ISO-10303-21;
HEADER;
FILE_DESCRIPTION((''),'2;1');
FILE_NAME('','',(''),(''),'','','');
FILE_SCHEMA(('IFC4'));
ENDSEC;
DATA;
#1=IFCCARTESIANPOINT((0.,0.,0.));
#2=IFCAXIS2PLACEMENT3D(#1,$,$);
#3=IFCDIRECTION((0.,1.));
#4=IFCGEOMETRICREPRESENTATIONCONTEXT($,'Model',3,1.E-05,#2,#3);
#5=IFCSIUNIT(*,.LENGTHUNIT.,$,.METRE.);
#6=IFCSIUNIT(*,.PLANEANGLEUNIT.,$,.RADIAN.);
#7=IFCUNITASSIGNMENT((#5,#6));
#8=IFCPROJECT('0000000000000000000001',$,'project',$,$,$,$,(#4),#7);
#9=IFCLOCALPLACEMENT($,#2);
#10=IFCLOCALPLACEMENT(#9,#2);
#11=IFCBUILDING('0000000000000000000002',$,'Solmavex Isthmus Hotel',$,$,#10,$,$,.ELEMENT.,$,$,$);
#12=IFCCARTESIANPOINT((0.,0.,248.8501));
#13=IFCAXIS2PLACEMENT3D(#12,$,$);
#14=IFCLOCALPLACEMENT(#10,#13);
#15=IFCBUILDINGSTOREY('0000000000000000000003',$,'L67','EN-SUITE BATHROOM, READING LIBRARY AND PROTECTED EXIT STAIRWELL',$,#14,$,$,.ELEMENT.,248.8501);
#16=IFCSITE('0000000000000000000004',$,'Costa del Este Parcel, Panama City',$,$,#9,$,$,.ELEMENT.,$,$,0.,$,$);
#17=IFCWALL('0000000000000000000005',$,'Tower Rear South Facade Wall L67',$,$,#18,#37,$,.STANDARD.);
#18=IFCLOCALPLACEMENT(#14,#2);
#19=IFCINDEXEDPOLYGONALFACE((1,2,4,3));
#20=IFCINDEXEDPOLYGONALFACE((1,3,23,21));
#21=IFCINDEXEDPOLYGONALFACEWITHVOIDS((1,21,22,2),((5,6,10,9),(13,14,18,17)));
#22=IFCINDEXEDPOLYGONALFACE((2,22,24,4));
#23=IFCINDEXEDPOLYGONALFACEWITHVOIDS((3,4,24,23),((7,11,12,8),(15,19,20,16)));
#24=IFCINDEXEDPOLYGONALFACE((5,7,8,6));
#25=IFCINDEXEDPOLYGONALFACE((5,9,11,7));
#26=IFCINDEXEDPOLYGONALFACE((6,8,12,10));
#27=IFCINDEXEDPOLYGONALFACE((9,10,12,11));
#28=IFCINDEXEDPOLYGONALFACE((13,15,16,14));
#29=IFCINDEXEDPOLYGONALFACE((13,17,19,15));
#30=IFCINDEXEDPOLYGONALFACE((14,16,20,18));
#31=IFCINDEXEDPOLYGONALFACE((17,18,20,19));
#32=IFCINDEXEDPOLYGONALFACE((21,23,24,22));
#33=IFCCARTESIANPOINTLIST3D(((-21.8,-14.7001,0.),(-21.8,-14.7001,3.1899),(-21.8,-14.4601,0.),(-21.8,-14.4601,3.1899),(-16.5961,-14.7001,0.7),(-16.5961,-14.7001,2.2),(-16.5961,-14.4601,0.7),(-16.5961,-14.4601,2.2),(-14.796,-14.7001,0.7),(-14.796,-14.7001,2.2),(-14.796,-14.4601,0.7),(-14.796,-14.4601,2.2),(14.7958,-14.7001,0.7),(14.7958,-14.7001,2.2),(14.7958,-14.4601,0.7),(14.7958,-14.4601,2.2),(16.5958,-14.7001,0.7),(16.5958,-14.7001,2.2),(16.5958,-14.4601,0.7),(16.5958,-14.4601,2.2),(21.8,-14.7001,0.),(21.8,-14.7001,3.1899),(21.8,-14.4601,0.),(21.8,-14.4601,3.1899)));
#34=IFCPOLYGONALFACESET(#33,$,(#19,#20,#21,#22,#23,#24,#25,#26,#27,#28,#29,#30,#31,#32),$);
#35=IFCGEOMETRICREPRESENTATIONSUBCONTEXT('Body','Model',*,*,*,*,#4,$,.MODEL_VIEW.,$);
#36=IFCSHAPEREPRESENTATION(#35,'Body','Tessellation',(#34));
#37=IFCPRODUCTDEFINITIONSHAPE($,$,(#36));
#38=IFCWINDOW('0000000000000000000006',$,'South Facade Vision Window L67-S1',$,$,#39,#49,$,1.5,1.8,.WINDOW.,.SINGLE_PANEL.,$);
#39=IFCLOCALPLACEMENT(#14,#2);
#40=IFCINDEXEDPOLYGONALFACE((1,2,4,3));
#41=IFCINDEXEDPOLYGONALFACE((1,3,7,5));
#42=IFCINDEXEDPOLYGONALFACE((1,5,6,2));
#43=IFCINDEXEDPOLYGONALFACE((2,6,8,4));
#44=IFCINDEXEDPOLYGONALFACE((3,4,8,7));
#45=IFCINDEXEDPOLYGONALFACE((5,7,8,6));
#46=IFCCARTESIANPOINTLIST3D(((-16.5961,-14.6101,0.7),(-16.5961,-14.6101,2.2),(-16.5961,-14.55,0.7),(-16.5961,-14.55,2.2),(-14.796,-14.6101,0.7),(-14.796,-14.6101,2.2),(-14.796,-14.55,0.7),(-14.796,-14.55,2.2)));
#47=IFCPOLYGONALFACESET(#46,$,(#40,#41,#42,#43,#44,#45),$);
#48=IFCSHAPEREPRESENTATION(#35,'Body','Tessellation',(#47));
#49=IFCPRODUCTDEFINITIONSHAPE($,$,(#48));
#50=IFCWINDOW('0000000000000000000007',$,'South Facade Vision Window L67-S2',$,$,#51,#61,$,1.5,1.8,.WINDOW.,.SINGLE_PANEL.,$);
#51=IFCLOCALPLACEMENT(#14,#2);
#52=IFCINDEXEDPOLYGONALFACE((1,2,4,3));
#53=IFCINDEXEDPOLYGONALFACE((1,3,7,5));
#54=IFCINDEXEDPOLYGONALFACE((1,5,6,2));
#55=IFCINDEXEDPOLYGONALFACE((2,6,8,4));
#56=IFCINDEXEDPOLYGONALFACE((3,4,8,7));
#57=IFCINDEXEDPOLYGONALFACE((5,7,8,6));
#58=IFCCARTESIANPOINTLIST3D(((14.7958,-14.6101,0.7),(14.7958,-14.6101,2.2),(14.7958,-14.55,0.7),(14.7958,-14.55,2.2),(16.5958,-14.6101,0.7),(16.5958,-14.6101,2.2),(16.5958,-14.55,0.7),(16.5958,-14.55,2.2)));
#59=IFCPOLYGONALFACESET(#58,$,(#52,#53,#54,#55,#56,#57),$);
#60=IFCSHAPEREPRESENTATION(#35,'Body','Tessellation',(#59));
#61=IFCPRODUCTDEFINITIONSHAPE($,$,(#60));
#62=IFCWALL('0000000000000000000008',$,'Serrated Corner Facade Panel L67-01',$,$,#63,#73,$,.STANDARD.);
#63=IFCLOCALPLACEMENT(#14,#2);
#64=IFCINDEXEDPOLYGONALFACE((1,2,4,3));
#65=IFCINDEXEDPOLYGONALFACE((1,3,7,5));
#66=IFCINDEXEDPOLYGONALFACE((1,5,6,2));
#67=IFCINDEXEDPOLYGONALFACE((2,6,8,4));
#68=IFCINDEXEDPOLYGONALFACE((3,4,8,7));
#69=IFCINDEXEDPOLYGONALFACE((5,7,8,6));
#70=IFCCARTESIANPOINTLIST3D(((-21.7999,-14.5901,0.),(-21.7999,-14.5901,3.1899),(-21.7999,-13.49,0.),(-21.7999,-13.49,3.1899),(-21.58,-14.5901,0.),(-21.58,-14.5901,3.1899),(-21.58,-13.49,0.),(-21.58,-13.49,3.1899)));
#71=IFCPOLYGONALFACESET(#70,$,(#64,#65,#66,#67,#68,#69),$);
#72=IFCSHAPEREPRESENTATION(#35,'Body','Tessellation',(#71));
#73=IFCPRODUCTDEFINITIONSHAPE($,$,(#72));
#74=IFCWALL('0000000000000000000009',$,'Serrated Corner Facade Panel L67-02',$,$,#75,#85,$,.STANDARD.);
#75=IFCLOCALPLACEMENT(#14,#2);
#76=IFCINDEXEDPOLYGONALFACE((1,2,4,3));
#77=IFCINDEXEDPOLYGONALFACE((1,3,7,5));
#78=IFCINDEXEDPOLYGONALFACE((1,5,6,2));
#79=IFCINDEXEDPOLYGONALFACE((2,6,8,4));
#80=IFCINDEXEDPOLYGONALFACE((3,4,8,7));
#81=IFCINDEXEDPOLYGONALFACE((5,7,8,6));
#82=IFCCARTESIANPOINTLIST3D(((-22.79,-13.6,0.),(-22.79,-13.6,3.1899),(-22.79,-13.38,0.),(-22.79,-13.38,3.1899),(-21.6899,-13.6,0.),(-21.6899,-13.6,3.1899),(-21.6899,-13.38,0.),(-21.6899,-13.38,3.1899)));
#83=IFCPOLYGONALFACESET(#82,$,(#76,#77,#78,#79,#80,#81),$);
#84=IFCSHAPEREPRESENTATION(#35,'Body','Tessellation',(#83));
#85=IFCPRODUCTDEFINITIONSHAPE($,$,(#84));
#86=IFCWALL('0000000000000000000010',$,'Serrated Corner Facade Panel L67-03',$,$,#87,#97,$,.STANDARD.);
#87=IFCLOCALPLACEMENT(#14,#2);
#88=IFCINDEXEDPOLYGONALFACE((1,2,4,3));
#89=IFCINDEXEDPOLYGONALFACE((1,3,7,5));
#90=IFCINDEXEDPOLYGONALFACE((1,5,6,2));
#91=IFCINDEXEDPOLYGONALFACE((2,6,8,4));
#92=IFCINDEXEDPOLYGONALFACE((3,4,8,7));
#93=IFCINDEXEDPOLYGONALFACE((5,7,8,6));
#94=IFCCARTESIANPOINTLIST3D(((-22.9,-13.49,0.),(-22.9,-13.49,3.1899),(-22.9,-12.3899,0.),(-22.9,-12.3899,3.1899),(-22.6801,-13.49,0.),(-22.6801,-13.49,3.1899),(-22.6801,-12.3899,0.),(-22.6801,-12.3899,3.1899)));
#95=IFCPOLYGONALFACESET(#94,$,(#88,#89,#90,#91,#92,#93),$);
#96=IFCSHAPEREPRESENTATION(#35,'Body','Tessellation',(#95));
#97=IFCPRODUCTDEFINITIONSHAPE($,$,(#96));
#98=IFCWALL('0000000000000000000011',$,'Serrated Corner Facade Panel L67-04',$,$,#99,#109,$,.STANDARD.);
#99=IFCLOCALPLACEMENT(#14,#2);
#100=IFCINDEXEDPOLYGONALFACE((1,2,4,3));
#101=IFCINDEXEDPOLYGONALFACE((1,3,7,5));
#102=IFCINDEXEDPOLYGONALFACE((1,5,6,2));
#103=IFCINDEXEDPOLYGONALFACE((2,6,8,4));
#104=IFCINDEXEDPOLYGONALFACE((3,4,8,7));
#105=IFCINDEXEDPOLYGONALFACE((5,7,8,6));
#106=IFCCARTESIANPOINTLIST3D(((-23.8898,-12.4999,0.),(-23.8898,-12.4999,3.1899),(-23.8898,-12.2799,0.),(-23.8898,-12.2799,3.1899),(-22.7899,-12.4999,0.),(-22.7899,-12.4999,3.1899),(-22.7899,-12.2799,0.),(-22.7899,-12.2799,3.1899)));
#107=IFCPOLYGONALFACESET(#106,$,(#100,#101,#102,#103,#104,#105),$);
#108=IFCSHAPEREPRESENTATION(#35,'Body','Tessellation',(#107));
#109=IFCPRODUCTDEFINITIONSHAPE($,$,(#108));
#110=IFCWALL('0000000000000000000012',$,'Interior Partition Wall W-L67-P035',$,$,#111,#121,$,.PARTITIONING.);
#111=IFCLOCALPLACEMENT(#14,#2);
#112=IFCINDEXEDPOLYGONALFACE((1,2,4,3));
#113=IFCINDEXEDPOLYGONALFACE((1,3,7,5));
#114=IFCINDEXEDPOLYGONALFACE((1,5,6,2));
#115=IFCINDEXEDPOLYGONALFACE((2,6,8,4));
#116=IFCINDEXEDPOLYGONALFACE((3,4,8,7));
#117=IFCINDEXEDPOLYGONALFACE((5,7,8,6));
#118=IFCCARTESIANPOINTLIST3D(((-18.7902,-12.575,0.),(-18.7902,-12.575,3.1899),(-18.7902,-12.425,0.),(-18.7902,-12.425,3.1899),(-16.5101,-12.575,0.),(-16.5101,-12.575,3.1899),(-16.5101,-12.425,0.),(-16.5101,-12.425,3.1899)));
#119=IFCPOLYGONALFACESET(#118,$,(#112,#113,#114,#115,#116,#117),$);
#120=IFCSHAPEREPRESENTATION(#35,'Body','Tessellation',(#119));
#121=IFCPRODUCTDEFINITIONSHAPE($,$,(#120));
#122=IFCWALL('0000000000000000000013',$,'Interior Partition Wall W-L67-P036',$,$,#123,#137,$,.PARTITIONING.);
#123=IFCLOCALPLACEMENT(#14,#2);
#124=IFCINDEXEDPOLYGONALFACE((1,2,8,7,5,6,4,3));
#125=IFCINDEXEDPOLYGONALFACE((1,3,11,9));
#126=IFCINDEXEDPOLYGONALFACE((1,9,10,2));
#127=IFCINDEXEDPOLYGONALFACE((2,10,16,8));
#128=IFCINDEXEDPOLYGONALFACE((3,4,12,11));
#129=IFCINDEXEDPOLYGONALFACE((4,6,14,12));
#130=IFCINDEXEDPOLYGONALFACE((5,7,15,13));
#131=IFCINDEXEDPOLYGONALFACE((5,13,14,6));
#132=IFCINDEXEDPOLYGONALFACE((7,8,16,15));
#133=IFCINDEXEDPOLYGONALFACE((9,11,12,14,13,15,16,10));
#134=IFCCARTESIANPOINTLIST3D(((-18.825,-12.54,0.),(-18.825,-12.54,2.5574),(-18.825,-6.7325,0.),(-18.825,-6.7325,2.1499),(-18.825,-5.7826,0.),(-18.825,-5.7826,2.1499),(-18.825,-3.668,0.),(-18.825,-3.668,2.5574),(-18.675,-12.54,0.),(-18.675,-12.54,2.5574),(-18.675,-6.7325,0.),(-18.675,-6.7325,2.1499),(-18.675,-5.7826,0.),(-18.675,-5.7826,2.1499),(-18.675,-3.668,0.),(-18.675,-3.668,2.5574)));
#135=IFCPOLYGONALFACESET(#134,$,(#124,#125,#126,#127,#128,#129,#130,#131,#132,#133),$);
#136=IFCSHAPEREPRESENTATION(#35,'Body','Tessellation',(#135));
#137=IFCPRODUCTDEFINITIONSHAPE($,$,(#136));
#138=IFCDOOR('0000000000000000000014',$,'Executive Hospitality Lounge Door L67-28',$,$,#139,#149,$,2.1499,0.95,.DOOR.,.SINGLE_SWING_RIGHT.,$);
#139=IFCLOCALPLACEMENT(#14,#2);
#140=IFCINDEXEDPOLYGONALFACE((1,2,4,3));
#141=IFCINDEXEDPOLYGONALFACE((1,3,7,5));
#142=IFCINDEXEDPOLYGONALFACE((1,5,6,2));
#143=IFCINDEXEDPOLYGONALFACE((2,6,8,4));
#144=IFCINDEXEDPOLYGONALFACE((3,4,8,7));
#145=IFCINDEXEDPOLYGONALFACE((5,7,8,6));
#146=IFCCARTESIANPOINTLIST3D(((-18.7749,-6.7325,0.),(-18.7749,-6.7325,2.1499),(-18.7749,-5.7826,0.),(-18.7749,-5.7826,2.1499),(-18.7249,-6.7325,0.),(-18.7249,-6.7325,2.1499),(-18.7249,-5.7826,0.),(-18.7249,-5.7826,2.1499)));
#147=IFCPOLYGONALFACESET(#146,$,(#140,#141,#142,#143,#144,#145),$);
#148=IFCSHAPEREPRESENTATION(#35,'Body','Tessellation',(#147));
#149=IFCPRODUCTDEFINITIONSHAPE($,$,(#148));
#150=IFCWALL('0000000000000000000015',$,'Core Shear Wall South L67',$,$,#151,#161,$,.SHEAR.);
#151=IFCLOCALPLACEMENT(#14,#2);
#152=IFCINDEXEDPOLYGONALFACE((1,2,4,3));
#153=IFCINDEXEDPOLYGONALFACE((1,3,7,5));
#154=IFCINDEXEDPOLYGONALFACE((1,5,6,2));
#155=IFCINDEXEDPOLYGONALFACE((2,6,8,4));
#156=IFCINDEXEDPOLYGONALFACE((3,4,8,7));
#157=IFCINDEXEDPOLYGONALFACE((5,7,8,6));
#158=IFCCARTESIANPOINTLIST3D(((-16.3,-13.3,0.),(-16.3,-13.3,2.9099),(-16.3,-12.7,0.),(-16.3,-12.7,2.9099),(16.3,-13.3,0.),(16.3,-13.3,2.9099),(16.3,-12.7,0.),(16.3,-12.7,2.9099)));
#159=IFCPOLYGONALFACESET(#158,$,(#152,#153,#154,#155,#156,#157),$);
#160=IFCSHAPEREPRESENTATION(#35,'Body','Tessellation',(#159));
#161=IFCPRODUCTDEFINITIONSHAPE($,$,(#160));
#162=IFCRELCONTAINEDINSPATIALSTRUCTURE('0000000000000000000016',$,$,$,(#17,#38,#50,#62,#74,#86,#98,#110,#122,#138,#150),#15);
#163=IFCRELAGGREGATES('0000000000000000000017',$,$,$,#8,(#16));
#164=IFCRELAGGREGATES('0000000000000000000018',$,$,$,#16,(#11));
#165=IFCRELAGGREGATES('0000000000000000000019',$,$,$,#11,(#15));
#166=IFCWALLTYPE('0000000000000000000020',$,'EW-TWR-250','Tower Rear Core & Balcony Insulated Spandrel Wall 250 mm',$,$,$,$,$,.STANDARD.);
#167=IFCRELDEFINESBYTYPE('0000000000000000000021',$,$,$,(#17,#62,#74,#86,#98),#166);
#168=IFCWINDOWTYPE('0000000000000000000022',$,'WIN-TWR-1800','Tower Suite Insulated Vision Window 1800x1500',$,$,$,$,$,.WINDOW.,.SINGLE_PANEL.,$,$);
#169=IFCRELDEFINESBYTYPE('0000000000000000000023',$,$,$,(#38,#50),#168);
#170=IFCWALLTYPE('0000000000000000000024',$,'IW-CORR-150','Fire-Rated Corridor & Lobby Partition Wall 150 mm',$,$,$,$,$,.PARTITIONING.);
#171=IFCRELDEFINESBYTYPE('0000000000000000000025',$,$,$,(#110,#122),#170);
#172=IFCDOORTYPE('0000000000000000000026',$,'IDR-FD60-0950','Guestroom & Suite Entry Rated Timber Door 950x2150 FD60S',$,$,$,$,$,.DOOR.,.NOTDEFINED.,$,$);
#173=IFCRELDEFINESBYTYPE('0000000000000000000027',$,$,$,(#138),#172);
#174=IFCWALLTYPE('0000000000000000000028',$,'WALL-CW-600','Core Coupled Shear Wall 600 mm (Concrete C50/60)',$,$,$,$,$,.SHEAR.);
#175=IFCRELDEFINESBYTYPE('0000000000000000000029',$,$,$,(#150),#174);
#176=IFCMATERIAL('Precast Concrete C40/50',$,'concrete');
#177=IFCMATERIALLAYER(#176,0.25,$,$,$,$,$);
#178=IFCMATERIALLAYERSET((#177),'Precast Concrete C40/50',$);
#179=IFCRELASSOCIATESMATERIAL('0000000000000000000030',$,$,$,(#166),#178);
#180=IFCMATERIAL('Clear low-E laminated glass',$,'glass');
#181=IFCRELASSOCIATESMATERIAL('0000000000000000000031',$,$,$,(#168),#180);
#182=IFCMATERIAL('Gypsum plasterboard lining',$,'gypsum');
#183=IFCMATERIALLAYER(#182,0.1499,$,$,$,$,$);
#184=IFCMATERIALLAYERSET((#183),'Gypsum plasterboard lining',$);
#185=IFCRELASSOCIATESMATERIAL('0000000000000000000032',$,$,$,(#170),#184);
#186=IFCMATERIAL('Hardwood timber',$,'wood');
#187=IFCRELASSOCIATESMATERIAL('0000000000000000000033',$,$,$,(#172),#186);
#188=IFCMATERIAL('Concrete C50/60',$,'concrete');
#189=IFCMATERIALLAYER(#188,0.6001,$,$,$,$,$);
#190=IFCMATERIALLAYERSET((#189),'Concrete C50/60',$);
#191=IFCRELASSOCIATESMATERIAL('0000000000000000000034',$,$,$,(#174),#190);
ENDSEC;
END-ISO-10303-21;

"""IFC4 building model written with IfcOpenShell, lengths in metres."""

from ifc_helpers import new_model, si_unit, direction, frame, frame_2d, origin, place, context, subcontext, project, spatial, rectangle, extrude, material, layer, layer_set, type_object, element, fill, save


model = new_model("IFC4")

# Units and contexts
model_context = context("Model", 3, precision=1e-05, world=origin(), true_north=direction((0.0, 1.0)))
body_context = subcontext(model_context, "Body", "Model", "MODEL_VIEW")
ifc_project = project(units=[si_unit("LENGTHUNIT", "METRE"), si_unit("PLANEANGLEUNIT", "RADIAN")], contexts=[model_context])

# Site, building, storey
site_placement = place(None, origin())
site = spatial("IfcSite", under=ifc_project, at=site_placement, Name="Costa del Este Parcel, Panama City", CompositionType="ELEMENT", RefElevation=0.0)
building_placement = place(site_placement, origin())
building = spatial("IfcBuilding", under=site, at=building_placement, Name="Solmavex Isthmus Hotel", CompositionType="ELEMENT")
storey_placement = place(building_placement, frame((0.0, 0.0, 248.8501)))
storey = spatial("IfcBuildingStorey", under=building, at=storey_placement, Name="L67", Description="EN-SUITE BATHROOM, READING LIBRARY AND PROTECTED EXIT STAIRWELL", CompositionType="ELEMENT", Elevation=248.8501)

# Shared definitions
ifc_material_1 = material(Name="Concrete C50/60", Category="concrete")

# Shared definitions
ifc_material_2 = material(Name="Clear low-E laminated glass", Category="glass")

# Wall, openings, windows
ifc_material_3 = material(Name="Precast Concrete C40/50", Category="concrete")
ifc_layer_1 = layer(ifc_material_3, 0.25)
ifc_layer_set_1 = layer_set([ifc_layer_1], Name="Precast Concrete C40/50")
wall_type_1 = type_object("IfcWallType", Name="EW-TWR-250", Description="Tower Rear Core & Balcony Insulated Spandrel Wall 250 mm", PredefinedType="STANDARD", material=ifc_layer_set_1)
wall_1_placement = place(storey_placement, frame((-21.8, -14.5801, 0.0), z_axis=(0.0, 0.0, 1.0), x_axis=(1.0, 0.0, 0.0)))
wall_1 = element("IfcWall", 1, at=wall_1_placement, inside=storey, type_object=wall_type_1, Name="Tower Rear South Facade Wall L67", PredefinedType="STANDARD", context=body_context, shape_type="SweptSolid", body=[
    extrude(rectangle(XDim=43.6001, YDim=0.24, at=frame_2d((21.8, 0.0))), origin(), (0.0, 0.0, 1.0), 3.1899),
])
opening_1_placement = place(wall_1_placement, frame((5.2041, 0.0, 0.7)))
opening_1 = element("IfcOpeningElement", 2, at=opening_1_placement, cuts=wall_1, PredefinedType="OPENING", context=body_context, shape_type="SweptSolid", body=[
    extrude(rectangle(XDim=1.8, YDim=1.5, at=frame_2d((0.8999, 0.75))), frame((0.0, 0.1299, 0.0), z_axis=(0.0, -1.0, 0.0), x_axis=(1.0, 0.0, 0.0)), (0.0, 0.0, 1.0), 0.26),
])
opening_2_placement = place(wall_1_placement, frame((36.5959, 0.0, 0.7)))
opening_2 = element("IfcOpeningElement", 3, at=opening_2_placement, cuts=wall_1, PredefinedType="OPENING", context=body_context, shape_type="SweptSolid", body=[
    extrude(rectangle(XDim=1.8, YDim=1.5, at=frame_2d((0.8999, 0.75))), frame((0.0, 0.1299, 0.0), z_axis=(0.0, -1.0, 0.0), x_axis=(1.0, 0.0, 0.0)), (0.0, 0.0, 1.0), 0.26),
])
window_type = type_object("IfcWindowType", Name="WIN-TWR-1800", Description="Tower Suite Insulated Vision Window 1800x1500", PartitioningType="SINGLE_PANEL", PredefinedType="WINDOW", material=ifc_material_2)
window_1_placement = place(opening_1_placement, origin())
window_1 = element("IfcWindow", 4, at=window_1_placement, inside=storey, type_object=window_type, Name="South Facade Vision Window L67-S1", OverallHeight=1.5, OverallWidth=1.8, PartitioningType="SINGLE_PANEL", PredefinedType="WINDOW", context=body_context, shape_type="SweptSolid", body=[
    extrude(rectangle(XDim=1.8, YDim=1.5, at=frame_2d((0.8999, 0.75))), frame((0.0, 0.03, 0.0), z_axis=(0.0, -1.0, 0.0), x_axis=(1.0, 0.0, 0.0)), (0.0, 0.0, 1.0), 0.0601),
])
fill(opening_1, window_1)
window_2_placement = place(opening_2_placement, origin())
window_2 = element("IfcWindow", 5, at=window_2_placement, inside=storey, type_object=window_type, Name="South Facade Vision Window L67-S2", OverallHeight=1.5, OverallWidth=1.8, PartitioningType="SINGLE_PANEL", PredefinedType="WINDOW", context=body_context, shape_type="SweptSolid", body=[
    extrude(rectangle(XDim=1.8, YDim=1.5, at=frame_2d((0.8999, 0.75))), frame((0.0, 0.03, 0.0), z_axis=(0.0, -1.0, 0.0), x_axis=(1.0, 0.0, 0.0)), (0.0, 0.0, 1.0), 0.0601),
])
fill(opening_2, window_2)

# Walls
for number, where, z_axis, x_axis, name in (
    (6, (-21.6899, -14.5901, 0.0), (0.0, 0.0, 1.0), (0.0, 1.0, 0.0), "Serrated Corner Facade Panel L67-01"),
    (7, (-21.6899, -13.49, 0.0), (0.0, 0.0, 1.0), (-1.0, 0.0, 0.0), "Serrated Corner Facade Panel L67-02"),
    (8, (-22.79, -13.49, 0.0), (0.0, 0.0, 1.0), (0.0, 1.0, 0.0), "Serrated Corner Facade Panel L67-03"),
):
    element("IfcWall", number, at=place(storey_placement, frame(where, z_axis=z_axis, x_axis=x_axis)), inside=storey, type_object=wall_type_1, Name=name, PredefinedType="STANDARD", context=body_context, shape_type="SweptSolid", body=[
        extrude(rectangle(XDim=1.1001, YDim=0.22, at=frame_2d((0.55, 0.0))), origin(), (0.0, 0.0, 1.0), 3.1899),
    ])
wall_2_placement = place(storey_placement, frame((-22.79, -12.3899, 0.0), z_axis=(0.0, 0.0, 1.0), x_axis=(-1.0, 0.0, 0.0)))
element("IfcWall", 9, at=wall_2_placement, inside=storey, type_object=wall_type_1, Name="Serrated Corner Facade Panel L67-04", PredefinedType="STANDARD", context=body_context, shape_type="SweptSolid", body=[
    extrude(rectangle(XDim=1.0999, YDim=0.22, at=frame_2d((0.5498, 0.0))), origin(), (0.0, 0.0, 1.0), 3.1899),
])
ifc_material_4 = material(Name="Gypsum plasterboard lining", Category="gypsum")
ifc_layer_2 = layer(ifc_material_4, 0.1499)
ifc_layer_set_2 = layer_set([ifc_layer_2], Name="Gypsum plasterboard lining")
wall_type_2 = type_object("IfcWallType", Name="IW-CORR-150", Description="Fire-Rated Corridor & Lobby Partition Wall 150 mm", PredefinedType="PARTITIONING", material=ifc_layer_set_2)
wall_3_placement = place(storey_placement, frame((-16.51, -12.5, 0.0), z_axis=(0.0, 0.0, 1.0), x_axis=(-1.0, 0.0, 0.0)))
element("IfcWall", 10, at=wall_3_placement, inside=storey, type_object=wall_type_2, Name="Interior Partition Wall W-L67-P035", PredefinedType="PARTITIONING", context=body_context, shape_type="SweptSolid", body=[
    extrude(rectangle(XDim=2.28, YDim=0.1499, at=frame_2d((1.1401, 0.0))), origin(), (0.0, 0.0, 1.0), 3.1899),
])

# Wall, opening, door
wall_4_placement = place(storey_placement, frame((-18.75, -12.54, 0.0), z_axis=(0.0, 0.0, 1.0), x_axis=(0.0, 1.0, 0.0)))
wall_4 = element("IfcWall", 11, at=wall_4_placement, inside=storey, type_object=wall_type_2, Name="Interior Partition Wall W-L67-P036", PredefinedType="PARTITIONING", context=body_context, shape_type="SweptSolid", body=[
    extrude(rectangle(XDim=8.8721, YDim=0.1499, at=frame_2d((4.436, 0.0))), origin(), (0.0, 0.0, 1.0), 2.5574),
])
opening_3_placement = place(wall_4_placement, frame((5.8074, 0.0, 0.0)))
opening_3 = element("IfcOpeningElement", 12, at=opening_3_placement, cuts=wall_4, PredefinedType="OPENING", context=body_context, shape_type="SweptSolid", body=[
    extrude(rectangle(XDim=0.95, YDim=2.1499, at=frame_2d((0.4751, 1.075))), frame((0.0, 0.085, 0.0), z_axis=(0.0, -1.0, 0.0), x_axis=(1.0, 0.0, 0.0)), (0.0, 0.0, 1.0), 0.1699),
])
ifc_material_5 = material(Name="Hardwood timber", Category="wood")
door_type = type_object("IfcDoorType", Name="IDR-FD60-0950", Description="Guestroom & Suite Entry Rated Timber Door 950x2150 FD60S", OperationType="NOTDEFINED", PredefinedType="DOOR", material=ifc_material_5)
door_placement = place(opening_3_placement, origin())
door = element("IfcDoor", 13, at=door_placement, inside=storey, type_object=door_type, Name="Executive Hospitality Lounge Door L67-28", OperationType="SINGLE_SWING_RIGHT", OverallHeight=2.1499, OverallWidth=0.95, PredefinedType="DOOR", context=body_context, shape_type="SweptSolid", body=[
    extrude(rectangle(XDim=0.95, YDim=2.1499, at=frame_2d((0.4751, 1.075))), frame((0.0, 0.0249, 0.0), z_axis=(0.0, -1.0, 0.0), x_axis=(1.0, 0.0, 0.0)), (0.0, 0.0, 1.0), 0.05),
])
fill(opening_3, door)

# Wall
ifc_layer_3 = layer(ifc_material_1, 0.6001)
ifc_layer_set_3 = layer_set([ifc_layer_3], Name="Concrete C50/60")
wall_type_3 = type_object("IfcWallType", Name="WALL-CW-600", Description="Core Coupled Shear Wall 600 mm (Concrete C50/60)", PredefinedType="SHEAR", material=ifc_layer_set_3)
wall_5_placement = place(storey_placement, frame((-16.3, -13.0, 0.0), z_axis=(0.0, 0.0, 1.0), x_axis=(1.0, 0.0, 0.0)))
element("IfcWall", 14, at=wall_5_placement, inside=storey, type_object=wall_type_3, Name="Core Shear Wall South L67", PredefinedType="SHEAR", context=body_context, shape_type="SweptSolid", body=[
    extrude(rectangle(XDim=32.6001, YDim=0.6001, at=frame_2d((16.3, 0.0))), origin(), (0.0, 0.0, 1.0), 2.9099),
])

save(model, "model.ifc")
